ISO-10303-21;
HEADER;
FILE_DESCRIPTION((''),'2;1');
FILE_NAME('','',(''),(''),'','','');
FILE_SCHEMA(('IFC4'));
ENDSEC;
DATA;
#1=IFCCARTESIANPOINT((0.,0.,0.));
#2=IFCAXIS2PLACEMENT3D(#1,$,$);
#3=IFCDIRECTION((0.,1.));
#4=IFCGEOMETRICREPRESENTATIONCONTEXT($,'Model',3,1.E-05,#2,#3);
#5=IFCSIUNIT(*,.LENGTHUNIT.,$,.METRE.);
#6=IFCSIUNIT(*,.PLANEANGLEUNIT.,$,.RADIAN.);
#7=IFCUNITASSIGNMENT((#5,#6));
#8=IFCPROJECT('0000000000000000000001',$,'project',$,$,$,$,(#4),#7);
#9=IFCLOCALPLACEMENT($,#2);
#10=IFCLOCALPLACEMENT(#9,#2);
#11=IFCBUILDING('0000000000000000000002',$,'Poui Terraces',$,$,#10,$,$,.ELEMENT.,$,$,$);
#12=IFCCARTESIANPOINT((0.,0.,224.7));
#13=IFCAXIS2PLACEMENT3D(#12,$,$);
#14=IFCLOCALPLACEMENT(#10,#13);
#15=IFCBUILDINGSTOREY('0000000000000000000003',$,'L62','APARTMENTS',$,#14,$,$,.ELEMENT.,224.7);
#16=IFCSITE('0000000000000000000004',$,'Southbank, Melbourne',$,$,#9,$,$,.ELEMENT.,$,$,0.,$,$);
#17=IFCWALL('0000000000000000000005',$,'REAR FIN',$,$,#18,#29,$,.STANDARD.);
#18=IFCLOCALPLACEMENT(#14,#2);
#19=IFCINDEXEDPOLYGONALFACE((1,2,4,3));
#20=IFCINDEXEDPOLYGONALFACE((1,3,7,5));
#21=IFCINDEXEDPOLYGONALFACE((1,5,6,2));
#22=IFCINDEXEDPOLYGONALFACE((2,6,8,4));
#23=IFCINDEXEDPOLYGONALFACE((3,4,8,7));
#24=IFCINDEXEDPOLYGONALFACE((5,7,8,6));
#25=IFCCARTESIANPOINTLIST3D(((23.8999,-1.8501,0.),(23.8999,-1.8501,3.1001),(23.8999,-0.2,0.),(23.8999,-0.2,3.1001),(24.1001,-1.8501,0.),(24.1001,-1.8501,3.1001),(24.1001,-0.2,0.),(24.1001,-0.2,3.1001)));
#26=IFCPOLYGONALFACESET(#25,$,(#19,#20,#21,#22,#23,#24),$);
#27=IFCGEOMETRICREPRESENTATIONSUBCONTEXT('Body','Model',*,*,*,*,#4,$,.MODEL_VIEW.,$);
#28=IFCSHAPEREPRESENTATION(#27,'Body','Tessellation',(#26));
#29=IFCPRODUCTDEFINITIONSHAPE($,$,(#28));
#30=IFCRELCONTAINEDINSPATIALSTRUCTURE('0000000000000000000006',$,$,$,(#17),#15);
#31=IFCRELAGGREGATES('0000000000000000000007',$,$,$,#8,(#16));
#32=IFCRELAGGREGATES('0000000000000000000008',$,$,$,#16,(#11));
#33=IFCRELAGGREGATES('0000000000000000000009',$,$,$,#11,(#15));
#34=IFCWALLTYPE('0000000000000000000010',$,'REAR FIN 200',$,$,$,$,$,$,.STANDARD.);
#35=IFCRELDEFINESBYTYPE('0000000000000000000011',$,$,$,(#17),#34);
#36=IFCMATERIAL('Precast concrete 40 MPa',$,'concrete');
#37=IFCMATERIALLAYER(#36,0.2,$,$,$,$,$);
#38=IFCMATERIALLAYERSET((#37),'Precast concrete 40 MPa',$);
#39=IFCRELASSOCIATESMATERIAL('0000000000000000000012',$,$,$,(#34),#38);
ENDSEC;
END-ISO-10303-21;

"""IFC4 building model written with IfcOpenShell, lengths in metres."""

from ifc_helpers import new_model, si_unit, direction, frame, origin, place, context, subcontext, project, spatial, polyline, outline, extrude, source, transform, mapped, material, layer, layer_set, type_object, element, save


model = new_model("IFC4")

# Units and contexts
model_context = context("Model", 3, precision=1e-05, world=origin(), true_north=direction((0.0, 1.0)))
body_context = subcontext(model_context, "Body", "Model", "MODEL_VIEW")
ifc_project = project(units=[si_unit("LENGTHUNIT", "METRE"), si_unit("PLANEANGLEUNIT", "RADIAN")], contexts=[model_context])

# Site, building, storey
site_placement = place(None, origin())
site = spatial("IfcSite", under=ifc_project, at=site_placement, Name="Southbank, Melbourne", CompositionType="ELEMENT", RefElevation=0.0)
building_placement = place(site_placement, origin())
building = spatial("IfcBuilding", under=site, at=building_placement, Name="Poui Terraces", CompositionType="ELEMENT")
storey_placement = place(building_placement, frame((0.0, 0.0, 224.7)))
storey = spatial("IfcBuildingStorey", under=building, at=storey_placement, Name="L62", Description="APARTMENTS", CompositionType="ELEMENT", Elevation=224.7)

# Wall
ifc_material = material(Name="Precast concrete 40 MPa", Category="concrete")
ifc_layer = layer(ifc_material, 0.2)
ifc_layer_set = layer_set([ifc_layer], Name="Precast concrete 40 MPa")
wall_type = type_object("IfcWallType", Name="REAR FIN 200", PredefinedType="STANDARD", material=ifc_layer_set)
shared_shape = source(origin(), body_context, "Body", "SweptSolid", [
    extrude(outline(polyline([(0.0, 0.0), (0.2002, 0.0), (0.2002, 1.6501), (0.0, 1.6501), (0.0, 0.0)])), origin(), (0.0, 0.0, 1.0), 3.1001),
])
wall_placement = place(storey_placement, frame((23.8999, -1.8501, 0.0)))
element("IfcWall", 1, at=wall_placement, inside=storey, type_object=wall_type, Name="REAR FIN", PredefinedType="STANDARD", context=body_context, shape_type="MappedRepresentation", body=[
    mapped(shared_shape, transform((0.0, 0.0, 0.0))),
])

save(model, "model.ifc")
